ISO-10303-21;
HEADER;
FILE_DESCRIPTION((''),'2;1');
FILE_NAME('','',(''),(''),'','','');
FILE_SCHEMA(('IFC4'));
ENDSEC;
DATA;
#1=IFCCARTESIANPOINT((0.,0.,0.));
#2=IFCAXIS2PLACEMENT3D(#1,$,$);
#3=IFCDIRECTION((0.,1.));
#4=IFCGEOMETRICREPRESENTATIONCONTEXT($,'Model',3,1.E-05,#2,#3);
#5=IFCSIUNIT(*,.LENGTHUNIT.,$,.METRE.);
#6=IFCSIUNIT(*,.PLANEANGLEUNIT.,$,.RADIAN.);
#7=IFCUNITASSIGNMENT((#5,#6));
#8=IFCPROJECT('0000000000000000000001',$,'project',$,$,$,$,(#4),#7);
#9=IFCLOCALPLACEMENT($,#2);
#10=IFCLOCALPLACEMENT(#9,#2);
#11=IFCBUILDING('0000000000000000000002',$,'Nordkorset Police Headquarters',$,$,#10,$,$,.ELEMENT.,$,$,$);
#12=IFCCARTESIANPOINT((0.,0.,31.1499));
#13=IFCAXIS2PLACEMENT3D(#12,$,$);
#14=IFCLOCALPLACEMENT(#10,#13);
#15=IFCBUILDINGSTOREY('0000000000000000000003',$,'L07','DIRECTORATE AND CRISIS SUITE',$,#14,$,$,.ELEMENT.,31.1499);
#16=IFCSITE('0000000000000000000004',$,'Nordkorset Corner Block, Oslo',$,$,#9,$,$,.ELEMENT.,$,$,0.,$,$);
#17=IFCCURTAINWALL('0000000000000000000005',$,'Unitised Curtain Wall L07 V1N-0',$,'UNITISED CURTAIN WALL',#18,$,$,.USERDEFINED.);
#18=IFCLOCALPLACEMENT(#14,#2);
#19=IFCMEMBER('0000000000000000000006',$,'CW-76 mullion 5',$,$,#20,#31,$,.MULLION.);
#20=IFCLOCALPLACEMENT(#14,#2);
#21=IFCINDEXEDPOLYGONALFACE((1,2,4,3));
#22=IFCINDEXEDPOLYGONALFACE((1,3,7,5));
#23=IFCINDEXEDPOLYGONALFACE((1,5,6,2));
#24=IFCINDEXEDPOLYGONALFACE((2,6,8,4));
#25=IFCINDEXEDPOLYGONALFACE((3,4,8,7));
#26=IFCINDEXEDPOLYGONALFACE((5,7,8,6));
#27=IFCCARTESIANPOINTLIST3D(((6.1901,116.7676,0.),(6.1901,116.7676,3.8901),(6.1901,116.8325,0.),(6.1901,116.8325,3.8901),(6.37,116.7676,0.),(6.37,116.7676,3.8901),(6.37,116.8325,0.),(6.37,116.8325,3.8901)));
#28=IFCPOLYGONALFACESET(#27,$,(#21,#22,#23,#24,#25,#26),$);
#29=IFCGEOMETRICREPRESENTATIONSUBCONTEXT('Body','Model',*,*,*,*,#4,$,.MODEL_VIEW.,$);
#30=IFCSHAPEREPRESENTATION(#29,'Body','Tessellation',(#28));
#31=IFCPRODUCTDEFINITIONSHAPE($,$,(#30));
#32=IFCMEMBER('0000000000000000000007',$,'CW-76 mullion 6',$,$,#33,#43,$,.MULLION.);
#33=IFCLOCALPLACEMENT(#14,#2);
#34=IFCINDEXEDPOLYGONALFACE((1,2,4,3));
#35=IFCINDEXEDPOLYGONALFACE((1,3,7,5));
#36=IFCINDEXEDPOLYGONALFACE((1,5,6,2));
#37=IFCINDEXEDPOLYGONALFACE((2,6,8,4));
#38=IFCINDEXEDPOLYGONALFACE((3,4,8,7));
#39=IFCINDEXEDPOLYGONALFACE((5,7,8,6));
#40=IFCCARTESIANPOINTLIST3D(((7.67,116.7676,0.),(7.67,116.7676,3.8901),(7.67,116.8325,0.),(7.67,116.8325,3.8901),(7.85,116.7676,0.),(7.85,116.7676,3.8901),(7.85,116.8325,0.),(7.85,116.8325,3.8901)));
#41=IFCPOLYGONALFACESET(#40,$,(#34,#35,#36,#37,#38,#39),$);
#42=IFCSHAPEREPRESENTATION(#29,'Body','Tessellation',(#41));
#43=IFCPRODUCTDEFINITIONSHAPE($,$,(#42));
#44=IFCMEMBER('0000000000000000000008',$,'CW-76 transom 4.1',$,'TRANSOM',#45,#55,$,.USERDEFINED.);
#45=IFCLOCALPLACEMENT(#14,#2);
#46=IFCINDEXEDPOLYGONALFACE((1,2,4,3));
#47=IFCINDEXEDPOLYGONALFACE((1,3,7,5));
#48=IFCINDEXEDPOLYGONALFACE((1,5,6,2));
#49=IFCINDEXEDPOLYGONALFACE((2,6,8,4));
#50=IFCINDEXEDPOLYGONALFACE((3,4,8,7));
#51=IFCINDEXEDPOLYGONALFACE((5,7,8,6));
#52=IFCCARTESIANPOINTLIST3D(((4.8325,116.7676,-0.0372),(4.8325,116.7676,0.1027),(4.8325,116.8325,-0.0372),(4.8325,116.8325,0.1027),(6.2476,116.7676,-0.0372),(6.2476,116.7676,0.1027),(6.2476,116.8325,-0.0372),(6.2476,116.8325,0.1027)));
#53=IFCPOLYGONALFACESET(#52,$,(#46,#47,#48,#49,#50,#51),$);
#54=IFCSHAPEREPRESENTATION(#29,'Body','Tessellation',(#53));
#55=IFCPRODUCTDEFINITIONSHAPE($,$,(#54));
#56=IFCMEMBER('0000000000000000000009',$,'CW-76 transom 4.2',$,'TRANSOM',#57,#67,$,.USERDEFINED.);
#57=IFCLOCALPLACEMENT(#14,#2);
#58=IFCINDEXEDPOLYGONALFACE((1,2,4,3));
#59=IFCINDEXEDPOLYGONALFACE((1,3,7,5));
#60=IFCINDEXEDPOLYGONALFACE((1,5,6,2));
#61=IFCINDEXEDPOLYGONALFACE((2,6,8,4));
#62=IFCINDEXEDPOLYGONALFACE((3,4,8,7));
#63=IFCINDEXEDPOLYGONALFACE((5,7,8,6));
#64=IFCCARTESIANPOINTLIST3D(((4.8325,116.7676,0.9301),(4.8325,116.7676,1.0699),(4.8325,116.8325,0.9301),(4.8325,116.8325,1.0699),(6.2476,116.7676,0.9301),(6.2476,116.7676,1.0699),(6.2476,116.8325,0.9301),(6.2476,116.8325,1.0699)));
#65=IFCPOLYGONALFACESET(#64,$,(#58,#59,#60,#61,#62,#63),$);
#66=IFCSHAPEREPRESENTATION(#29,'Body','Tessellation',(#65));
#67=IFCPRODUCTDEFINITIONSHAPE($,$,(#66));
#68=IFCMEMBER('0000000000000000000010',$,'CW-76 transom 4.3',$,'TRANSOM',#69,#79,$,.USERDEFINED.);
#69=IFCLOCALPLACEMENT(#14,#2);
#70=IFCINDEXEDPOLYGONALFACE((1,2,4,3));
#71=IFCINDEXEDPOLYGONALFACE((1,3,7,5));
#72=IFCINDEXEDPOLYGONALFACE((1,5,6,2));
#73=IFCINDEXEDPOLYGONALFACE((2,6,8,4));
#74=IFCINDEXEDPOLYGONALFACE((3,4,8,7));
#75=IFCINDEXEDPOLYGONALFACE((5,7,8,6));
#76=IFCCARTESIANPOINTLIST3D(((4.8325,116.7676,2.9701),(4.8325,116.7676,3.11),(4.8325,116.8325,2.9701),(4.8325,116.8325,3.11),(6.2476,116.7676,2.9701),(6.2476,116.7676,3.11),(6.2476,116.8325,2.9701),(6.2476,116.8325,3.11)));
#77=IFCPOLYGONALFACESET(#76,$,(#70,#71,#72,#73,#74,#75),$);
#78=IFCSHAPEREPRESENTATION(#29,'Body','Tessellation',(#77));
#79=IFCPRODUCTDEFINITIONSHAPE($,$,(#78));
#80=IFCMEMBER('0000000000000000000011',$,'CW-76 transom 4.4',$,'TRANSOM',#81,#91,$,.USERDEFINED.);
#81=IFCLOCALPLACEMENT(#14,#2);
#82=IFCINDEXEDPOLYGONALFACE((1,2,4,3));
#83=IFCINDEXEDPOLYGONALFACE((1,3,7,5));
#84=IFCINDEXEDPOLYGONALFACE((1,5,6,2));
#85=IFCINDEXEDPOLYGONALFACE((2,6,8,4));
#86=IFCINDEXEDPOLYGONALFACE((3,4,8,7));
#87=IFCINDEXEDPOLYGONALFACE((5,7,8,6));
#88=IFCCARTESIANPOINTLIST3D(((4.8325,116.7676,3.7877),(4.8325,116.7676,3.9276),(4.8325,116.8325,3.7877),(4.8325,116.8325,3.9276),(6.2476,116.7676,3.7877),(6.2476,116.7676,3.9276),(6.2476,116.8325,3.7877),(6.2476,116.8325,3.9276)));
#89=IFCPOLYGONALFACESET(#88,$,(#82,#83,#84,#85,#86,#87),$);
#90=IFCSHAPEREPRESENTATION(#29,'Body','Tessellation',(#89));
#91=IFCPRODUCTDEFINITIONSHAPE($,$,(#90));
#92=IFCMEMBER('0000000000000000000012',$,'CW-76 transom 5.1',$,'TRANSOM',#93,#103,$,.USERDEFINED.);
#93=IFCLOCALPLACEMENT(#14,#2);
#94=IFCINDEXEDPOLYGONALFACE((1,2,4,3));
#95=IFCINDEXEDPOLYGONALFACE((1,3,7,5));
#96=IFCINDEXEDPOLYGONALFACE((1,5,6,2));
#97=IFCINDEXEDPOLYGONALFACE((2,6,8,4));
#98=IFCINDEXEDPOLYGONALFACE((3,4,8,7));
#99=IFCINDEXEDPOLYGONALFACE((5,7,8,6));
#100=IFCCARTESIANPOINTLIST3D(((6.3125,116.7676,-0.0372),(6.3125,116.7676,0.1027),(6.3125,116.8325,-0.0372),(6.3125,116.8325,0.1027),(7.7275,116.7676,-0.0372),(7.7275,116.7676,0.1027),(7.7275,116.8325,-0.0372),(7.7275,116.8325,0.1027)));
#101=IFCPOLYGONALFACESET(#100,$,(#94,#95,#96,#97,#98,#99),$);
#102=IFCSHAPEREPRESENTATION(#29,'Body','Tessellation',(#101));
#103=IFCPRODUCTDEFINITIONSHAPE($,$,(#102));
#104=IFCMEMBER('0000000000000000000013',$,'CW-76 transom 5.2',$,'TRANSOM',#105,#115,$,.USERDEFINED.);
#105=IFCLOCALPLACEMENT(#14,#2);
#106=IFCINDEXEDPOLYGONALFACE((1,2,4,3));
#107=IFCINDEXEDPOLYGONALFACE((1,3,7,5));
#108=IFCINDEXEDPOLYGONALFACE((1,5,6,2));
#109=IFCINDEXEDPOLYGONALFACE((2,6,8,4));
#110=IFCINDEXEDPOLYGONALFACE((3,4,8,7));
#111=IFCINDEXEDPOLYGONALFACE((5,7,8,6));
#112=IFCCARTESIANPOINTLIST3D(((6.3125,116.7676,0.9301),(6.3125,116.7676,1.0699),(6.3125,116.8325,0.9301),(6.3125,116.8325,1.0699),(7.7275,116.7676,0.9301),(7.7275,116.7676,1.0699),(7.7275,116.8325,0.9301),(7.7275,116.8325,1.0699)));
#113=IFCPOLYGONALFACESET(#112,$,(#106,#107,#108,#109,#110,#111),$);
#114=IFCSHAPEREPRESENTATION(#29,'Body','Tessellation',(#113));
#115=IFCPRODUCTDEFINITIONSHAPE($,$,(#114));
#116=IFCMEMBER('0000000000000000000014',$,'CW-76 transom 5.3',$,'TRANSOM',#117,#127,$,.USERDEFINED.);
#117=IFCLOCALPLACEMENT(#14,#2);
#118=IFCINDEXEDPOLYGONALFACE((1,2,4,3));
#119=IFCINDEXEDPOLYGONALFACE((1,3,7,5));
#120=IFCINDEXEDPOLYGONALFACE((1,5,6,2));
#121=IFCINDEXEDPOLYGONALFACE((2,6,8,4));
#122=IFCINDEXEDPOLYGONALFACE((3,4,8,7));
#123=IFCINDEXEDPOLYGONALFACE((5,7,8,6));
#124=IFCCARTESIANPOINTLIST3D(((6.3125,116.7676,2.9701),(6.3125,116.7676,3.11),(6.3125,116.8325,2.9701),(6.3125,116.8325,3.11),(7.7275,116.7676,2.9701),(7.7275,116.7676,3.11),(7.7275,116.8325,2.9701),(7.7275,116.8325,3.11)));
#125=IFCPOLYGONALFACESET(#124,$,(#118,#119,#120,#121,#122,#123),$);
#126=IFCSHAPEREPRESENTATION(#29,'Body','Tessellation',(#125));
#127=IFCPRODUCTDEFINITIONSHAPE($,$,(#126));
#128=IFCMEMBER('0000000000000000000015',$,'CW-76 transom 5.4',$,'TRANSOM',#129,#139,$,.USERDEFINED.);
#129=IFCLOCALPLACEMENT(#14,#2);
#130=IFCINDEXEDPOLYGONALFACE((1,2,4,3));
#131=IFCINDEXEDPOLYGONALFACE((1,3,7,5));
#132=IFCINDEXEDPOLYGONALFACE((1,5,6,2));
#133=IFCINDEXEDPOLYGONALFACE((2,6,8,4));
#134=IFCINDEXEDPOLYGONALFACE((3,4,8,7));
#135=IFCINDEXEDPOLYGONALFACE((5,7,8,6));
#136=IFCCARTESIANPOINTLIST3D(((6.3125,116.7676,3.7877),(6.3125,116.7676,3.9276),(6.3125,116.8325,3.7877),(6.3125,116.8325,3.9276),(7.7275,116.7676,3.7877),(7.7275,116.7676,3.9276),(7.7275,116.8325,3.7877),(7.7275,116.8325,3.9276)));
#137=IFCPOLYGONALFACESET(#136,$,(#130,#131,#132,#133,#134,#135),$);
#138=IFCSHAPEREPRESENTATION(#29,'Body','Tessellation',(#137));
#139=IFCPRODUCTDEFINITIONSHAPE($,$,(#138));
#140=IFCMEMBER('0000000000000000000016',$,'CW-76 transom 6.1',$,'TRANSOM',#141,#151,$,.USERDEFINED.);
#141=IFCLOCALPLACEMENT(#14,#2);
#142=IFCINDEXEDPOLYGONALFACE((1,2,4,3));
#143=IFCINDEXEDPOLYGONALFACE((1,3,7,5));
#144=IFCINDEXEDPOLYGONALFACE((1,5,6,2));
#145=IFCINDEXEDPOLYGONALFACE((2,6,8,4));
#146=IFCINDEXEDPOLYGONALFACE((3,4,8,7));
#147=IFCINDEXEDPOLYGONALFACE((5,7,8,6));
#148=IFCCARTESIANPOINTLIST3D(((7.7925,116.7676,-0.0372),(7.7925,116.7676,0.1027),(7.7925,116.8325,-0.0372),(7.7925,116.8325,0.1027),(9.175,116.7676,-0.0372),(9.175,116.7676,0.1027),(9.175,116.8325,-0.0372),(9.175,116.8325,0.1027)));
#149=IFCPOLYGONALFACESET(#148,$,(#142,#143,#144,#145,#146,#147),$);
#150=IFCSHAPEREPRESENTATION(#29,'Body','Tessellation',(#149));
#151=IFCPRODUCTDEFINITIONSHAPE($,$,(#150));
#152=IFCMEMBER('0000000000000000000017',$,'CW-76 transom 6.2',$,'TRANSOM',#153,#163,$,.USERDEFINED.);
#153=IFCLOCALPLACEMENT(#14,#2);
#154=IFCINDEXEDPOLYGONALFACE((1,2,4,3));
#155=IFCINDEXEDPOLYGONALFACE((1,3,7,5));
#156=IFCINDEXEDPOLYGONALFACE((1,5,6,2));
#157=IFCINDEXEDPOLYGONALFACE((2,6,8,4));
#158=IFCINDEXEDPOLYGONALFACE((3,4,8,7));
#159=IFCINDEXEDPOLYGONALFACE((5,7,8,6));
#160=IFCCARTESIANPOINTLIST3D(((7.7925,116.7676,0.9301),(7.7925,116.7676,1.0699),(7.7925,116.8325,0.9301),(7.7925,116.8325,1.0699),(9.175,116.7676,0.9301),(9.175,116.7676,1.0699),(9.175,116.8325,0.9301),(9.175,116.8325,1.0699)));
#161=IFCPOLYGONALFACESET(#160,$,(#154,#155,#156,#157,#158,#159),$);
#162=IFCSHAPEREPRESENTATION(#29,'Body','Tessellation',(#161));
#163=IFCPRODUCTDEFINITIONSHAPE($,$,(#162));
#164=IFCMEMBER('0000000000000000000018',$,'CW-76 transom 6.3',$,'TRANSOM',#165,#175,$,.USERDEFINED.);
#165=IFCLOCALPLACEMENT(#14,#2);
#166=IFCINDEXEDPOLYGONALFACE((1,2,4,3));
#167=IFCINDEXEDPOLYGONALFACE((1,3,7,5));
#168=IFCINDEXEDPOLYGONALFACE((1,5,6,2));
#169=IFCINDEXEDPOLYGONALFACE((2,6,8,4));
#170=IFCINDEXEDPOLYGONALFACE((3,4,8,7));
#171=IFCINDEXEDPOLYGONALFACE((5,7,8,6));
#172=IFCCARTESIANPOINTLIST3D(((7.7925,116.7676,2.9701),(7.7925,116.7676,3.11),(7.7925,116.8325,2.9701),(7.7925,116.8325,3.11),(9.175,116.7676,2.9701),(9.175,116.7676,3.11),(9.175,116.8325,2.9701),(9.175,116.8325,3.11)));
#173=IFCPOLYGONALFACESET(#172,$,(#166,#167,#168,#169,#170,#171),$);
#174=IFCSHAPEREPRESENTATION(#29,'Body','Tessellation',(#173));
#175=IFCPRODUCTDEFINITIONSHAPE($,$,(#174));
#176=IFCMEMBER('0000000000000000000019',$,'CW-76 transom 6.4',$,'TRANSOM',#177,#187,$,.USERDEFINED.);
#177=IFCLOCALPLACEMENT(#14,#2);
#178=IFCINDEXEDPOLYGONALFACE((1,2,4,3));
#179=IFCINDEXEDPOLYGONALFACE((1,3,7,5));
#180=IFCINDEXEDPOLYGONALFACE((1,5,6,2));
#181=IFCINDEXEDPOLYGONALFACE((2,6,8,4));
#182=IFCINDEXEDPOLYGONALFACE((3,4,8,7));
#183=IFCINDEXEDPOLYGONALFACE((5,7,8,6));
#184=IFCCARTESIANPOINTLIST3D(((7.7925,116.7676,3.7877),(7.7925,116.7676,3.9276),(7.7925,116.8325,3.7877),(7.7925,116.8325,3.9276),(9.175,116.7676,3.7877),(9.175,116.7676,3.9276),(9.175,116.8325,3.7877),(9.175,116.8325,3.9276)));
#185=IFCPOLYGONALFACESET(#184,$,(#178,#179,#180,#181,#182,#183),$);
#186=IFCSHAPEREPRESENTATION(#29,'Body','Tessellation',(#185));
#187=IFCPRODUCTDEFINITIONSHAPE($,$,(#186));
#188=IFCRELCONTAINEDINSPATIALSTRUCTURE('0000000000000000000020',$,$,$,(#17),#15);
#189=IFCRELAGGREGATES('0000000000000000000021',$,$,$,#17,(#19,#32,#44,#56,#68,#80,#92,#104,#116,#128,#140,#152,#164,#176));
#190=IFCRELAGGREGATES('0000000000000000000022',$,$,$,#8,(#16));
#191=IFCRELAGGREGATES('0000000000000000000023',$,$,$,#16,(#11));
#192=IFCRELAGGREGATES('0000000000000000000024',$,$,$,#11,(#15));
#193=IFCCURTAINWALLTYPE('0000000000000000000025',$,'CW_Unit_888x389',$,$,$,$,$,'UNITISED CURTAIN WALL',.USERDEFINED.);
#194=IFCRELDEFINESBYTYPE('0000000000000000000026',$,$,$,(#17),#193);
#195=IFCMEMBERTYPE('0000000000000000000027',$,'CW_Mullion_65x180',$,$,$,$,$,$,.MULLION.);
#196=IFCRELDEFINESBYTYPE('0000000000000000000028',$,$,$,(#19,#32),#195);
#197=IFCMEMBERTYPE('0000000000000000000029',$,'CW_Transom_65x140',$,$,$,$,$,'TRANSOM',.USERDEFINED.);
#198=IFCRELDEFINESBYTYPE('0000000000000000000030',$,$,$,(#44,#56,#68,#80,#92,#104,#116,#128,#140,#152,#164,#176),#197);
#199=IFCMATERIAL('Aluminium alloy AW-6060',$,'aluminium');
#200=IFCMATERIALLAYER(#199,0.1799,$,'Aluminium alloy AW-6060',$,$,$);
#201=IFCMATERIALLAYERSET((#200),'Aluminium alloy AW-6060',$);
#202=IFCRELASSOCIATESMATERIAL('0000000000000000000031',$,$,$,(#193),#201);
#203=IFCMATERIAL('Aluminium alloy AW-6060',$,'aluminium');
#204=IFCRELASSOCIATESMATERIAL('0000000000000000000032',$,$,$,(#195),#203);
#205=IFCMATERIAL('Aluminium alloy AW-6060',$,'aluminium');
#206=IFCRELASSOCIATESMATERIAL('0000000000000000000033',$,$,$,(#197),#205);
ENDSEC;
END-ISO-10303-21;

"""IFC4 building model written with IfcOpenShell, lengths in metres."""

from ifc_helpers import new_model, si_unit, direction, frame, origin, origin_2d, place, context, subcontext, project, spatial, rectangle, extrude, material, layer, layer_set, material_profile, profile_set, type_object, element, aggregate, save


model = new_model("IFC4")

# Units and contexts
model_context = context("Model", 3, precision=1e-05, world=origin(), true_north=direction((0.0, 1.0)))
body_context = subcontext(model_context, "Body", "Model", "MODEL_VIEW")
ifc_project = project(units=[si_unit("LENGTHUNIT", "METRE"), si_unit("PLANEANGLEUNIT", "RADIAN")], contexts=[model_context])

# Site, building, storey
site_placement = place(None, origin())
site = spatial("IfcSite", under=ifc_project, at=site_placement, Name="Nordkorset Corner Block, Oslo", CompositionType="ELEMENT", RefElevation=0.0)
building_placement = place(site_placement, origin())
building = spatial("IfcBuilding", under=site, at=building_placement, Name="Nordkorset Police Headquarters", CompositionType="ELEMENT")
storey_placement = place(building_placement, frame((0.0, 0.0, 31.1499)))
storey = spatial("IfcBuildingStorey", under=building, at=storey_placement, Name="L07", Description="DIRECTORATE AND CRISIS SUITE", CompositionType="ELEMENT", Elevation=31.1499)

# Curtain wall, members
ifc_material_1 = material(Name="Aluminium alloy AW-6060", Category="aluminium")
ifc_layer_1 = layer(ifc_material_1, 0.1799, Name="Aluminium alloy AW-6060")
ifc_layer_set_1 = layer_set([ifc_layer_1], Name="Aluminium alloy AW-6060")
curtain_wall_type = type_object("IfcCurtainWallType", Name="CW_Unit_888x389", ElementType="UNITISED CURTAIN WALL", PredefinedType="USERDEFINED", material=ifc_layer_set_1)
curtain_wall_placement = place(storey_placement, origin())
curtain_wall = element("IfcCurtainWall", 1, at=curtain_wall_placement, inside=storey, type_object=curtain_wall_type, Name="Unitised Curtain Wall L07 V1N-0", ObjectType="UNITISED CURTAIN WALL", PredefinedType="USERDEFINED")
ifc_material_2 = material(Name="Aluminium alloy AW-6060", Category="aluminium")
ifc_material_profile_1 = material_profile(ifc_material_2, rectangle(XDim=0.0649, YDim=0.1799, at=origin_2d()), Name="ALU MULL 65x180")
ifc_profile_set_1 = profile_set([ifc_material_profile_1], Name="Aluminium alloy AW-6060")
member_type_1 = type_object("IfcMemberType", Name="CW_Mullion_65x180", PredefinedType="MULLION", material=ifc_profile_set_1)
member_1_placement = place(storey_placement, frame((6.28, 116.8, 0.0), z_axis=(0.0, 0.0, 1.0), x_axis=(0.0, 1.0, 0.0)))
member_1 = element("IfcMember", 2, at=member_1_placement, type_object=member_type_1, Name="CW-76 mullion 5", PredefinedType="MULLION", context=body_context, shape_type="SweptSolid", body=[
    extrude(rectangle(XDim=0.0649, YDim=0.1799, at=origin_2d()), origin(), (0.0, 0.0, 1.0), 3.8901),
])
member_2_placement = place(storey_placement, frame((7.76, 116.8, 0.0), z_axis=(0.0, 0.0, 1.0), x_axis=(0.0, 1.0, 0.0)))
member_2 = element("IfcMember", 3, at=member_2_placement, type_object=member_type_1, Name="CW-76 mullion 6", PredefinedType="MULLION", context=body_context, shape_type="SweptSolid", body=[
    extrude(rectangle(XDim=0.0649, YDim=0.1799, at=origin_2d()), origin(), (0.0, 0.0, 1.0), 3.8901),
])
ifc_material_3 = material(Name="Aluminium alloy AW-6060", Category="aluminium")
ifc_material_profile_2 = material_profile(ifc_material_3, rectangle(XDim=0.0649, YDim=0.1399, at=origin_2d()), Name="ALU TRAN 65x140")
ifc_profile_set_2 = profile_set([ifc_material_profile_2], Name="Aluminium alloy AW-6060")
member_type_2 = type_object("IfcMemberType", Name="CW_Transom_65x140", ElementType="TRANSOM", PredefinedType="USERDEFINED", material=ifc_profile_set_2)
member_3_placement = place(storey_placement, frame((4.8325, 116.8, 0.0327), z_axis=(1.0, 0.0, 0.0), x_axis=(0.0, 1.0, 0.0)))
member_3 = element("IfcMember", 4, at=member_3_placement, type_object=member_type_2, Name="CW-76 transom 4.1", ObjectType="TRANSOM", PredefinedType="USERDEFINED", context=body_context, shape_type="SweptSolid", body=[
    extrude(rectangle(XDim=0.0649, YDim=0.1399, at=origin_2d()), origin(), (0.0, 0.0, 1.0), 1.415),
])
member_4_placement = place(storey_placement, frame((4.8325, 116.8, 1.0), z_axis=(1.0, 0.0, 0.0), x_axis=(0.0, 1.0, 0.0)))
member_4 = element("IfcMember", 5, at=member_4_placement, type_object=member_type_2, Name="CW-76 transom 4.2", ObjectType="TRANSOM", PredefinedType="USERDEFINED", context=body_context, shape_type="SweptSolid", body=[
    extrude(rectangle(XDim=0.0649, YDim=0.1399, at=origin_2d()), origin(), (0.0, 0.0, 1.0), 1.415),
])
member_5_placement = place(storey_placement, frame((4.8325, 116.8, 3.04), z_axis=(1.0, 0.0, 0.0), x_axis=(0.0, 1.0, 0.0)))
member_5 = element("IfcMember", 6, at=member_5_placement, type_object=member_type_2, Name="CW-76 transom 4.3", ObjectType="TRANSOM", PredefinedType="USERDEFINED", context=body_context, shape_type="SweptSolid", body=[
    extrude(rectangle(XDim=0.0649, YDim=0.1399, at=origin_2d()), origin(), (0.0, 0.0, 1.0), 1.415),
])
member_6_placement = place(storey_placement, frame((4.8325, 116.8, 3.8577), z_axis=(1.0, 0.0, 0.0), x_axis=(0.0, 1.0, 0.0)))
member_6 = element("IfcMember", 7, at=member_6_placement, type_object=member_type_2, Name="CW-76 transom 4.4", ObjectType="TRANSOM", PredefinedType="USERDEFINED", context=body_context, shape_type="SweptSolid", body=[
    extrude(rectangle(XDim=0.0649, YDim=0.1399, at=origin_2d()), origin(), (0.0, 0.0, 1.0), 1.415),
])
member_7_placement = place(storey_placement, frame((6.3125, 116.8, 0.0327), z_axis=(1.0, 0.0, 0.0), x_axis=(0.0, 1.0, 0.0)))
member_7 = element("IfcMember", 8, at=member_7_placement, type_object=member_type_2, Name="CW-76 transom 5.1", ObjectType="TRANSOM", PredefinedType="USERDEFINED", context=body_context, shape_type="SweptSolid", body=[
    extrude(rectangle(XDim=0.0649, YDim=0.1399, at=origin_2d()), origin(), (0.0, 0.0, 1.0), 1.415),
])
member_8_placement = place(storey_placement, frame((6.3125, 116.8, 1.0), z_axis=(1.0, 0.0, 0.0), x_axis=(0.0, 1.0, 0.0)))
member_8 = element("IfcMember", 9, at=member_8_placement, type_object=member_type_2, Name="CW-76 transom 5.2", ObjectType="TRANSOM", PredefinedType="USERDEFINED", context=body_context, shape_type="SweptSolid", body=[
    extrude(rectangle(XDim=0.0649, YDim=0.1399, at=origin_2d()), origin(), (0.0, 0.0, 1.0), 1.415),
])
member_9_placement = place(storey_placement, frame((6.3125, 116.8, 3.04), z_axis=(1.0, 0.0, 0.0), x_axis=(0.0, 1.0, 0.0)))
member_9 = element("IfcMember", 10, at=member_9_placement, type_object=member_type_2, Name="CW-76 transom 5.3", ObjectType="TRANSOM", PredefinedType="USERDEFINED", context=body_context, shape_type="SweptSolid", body=[
    extrude(rectangle(XDim=0.0649, YDim=0.1399, at=origin_2d()), origin(), (0.0, 0.0, 1.0), 1.415),
])
member_10_placement = place(storey_placement, frame((6.3125, 116.8, 3.8577), z_axis=(1.0, 0.0, 0.0), x_axis=(0.0, 1.0, 0.0)))
member_10 = element("IfcMember", 11, at=member_10_placement, type_object=member_type_2, Name="CW-76 transom 5.4", ObjectType="TRANSOM", PredefinedType="USERDEFINED", context=body_context, shape_type="SweptSolid", body=[
    extrude(rectangle(XDim=0.0649, YDim=0.1399, at=origin_2d()), origin(), (0.0, 0.0, 1.0), 1.415),
])
member_11_placement = place(storey_placement, frame((7.7925, 116.8, 0.0327), z_axis=(1.0, 0.0, 0.0), x_axis=(0.0, 1.0, 0.0)))
member_11 = element("IfcMember", 12, at=member_11_placement, type_object=member_type_2, Name="CW-76 transom 6.1", ObjectType="TRANSOM", PredefinedType="USERDEFINED", context=body_context, shape_type="SweptSolid", body=[
    extrude(rectangle(XDim=0.0649, YDim=0.1399, at=origin_2d()), origin(), (0.0, 0.0, 1.0), 1.3826),
])
member_12_placement = place(storey_placement, frame((7.7925, 116.8, 1.0), z_axis=(1.0, 0.0, 0.0), x_axis=(0.0, 1.0, 0.0)))
member_12 = element("IfcMember", 13, at=member_12_placement, type_object=member_type_2, Name="CW-76 transom 6.2", ObjectType="TRANSOM", PredefinedType="USERDEFINED", context=body_context, shape_type="SweptSolid", body=[
    extrude(rectangle(XDim=0.0649, YDim=0.1399, at=origin_2d()), origin(), (0.0, 0.0, 1.0), 1.3826),
])
member_13_placement = place(storey_placement, frame((7.7925, 116.8, 3.04), z_axis=(1.0, 0.0, 0.0), x_axis=(0.0, 1.0, 0.0)))
member_13 = element("IfcMember", 14, at=member_13_placement, type_object=member_type_2, Name="CW-76 transom 6.3", ObjectType="TRANSOM", PredefinedType="USERDEFINED", context=body_context, shape_type="SweptSolid", body=[
    extrude(rectangle(XDim=0.0649, YDim=0.1399, at=origin_2d()), origin(), (0.0, 0.0, 1.0), 1.3826),
])
member_14_placement = place(storey_placement, frame((7.7925, 116.8, 3.8577), z_axis=(1.0, 0.0, 0.0), x_axis=(0.0, 1.0, 0.0)))
member_14 = element("IfcMember", 15, at=member_14_placement, type_object=member_type_2, Name="CW-76 transom 6.4", ObjectType="TRANSOM", PredefinedType="USERDEFINED", context=body_context, shape_type="SweptSolid", body=[
    extrude(rectangle(XDim=0.0649, YDim=0.1399, at=origin_2d()), origin(), (0.0, 0.0, 1.0), 1.3826),
])
aggregate(curtain_wall, [member_1, member_2, member_3, member_4, member_5, member_6, member_7, member_8, member_9, member_10, member_11, member_12, member_13, member_14])

save(model, "model.ifc")
